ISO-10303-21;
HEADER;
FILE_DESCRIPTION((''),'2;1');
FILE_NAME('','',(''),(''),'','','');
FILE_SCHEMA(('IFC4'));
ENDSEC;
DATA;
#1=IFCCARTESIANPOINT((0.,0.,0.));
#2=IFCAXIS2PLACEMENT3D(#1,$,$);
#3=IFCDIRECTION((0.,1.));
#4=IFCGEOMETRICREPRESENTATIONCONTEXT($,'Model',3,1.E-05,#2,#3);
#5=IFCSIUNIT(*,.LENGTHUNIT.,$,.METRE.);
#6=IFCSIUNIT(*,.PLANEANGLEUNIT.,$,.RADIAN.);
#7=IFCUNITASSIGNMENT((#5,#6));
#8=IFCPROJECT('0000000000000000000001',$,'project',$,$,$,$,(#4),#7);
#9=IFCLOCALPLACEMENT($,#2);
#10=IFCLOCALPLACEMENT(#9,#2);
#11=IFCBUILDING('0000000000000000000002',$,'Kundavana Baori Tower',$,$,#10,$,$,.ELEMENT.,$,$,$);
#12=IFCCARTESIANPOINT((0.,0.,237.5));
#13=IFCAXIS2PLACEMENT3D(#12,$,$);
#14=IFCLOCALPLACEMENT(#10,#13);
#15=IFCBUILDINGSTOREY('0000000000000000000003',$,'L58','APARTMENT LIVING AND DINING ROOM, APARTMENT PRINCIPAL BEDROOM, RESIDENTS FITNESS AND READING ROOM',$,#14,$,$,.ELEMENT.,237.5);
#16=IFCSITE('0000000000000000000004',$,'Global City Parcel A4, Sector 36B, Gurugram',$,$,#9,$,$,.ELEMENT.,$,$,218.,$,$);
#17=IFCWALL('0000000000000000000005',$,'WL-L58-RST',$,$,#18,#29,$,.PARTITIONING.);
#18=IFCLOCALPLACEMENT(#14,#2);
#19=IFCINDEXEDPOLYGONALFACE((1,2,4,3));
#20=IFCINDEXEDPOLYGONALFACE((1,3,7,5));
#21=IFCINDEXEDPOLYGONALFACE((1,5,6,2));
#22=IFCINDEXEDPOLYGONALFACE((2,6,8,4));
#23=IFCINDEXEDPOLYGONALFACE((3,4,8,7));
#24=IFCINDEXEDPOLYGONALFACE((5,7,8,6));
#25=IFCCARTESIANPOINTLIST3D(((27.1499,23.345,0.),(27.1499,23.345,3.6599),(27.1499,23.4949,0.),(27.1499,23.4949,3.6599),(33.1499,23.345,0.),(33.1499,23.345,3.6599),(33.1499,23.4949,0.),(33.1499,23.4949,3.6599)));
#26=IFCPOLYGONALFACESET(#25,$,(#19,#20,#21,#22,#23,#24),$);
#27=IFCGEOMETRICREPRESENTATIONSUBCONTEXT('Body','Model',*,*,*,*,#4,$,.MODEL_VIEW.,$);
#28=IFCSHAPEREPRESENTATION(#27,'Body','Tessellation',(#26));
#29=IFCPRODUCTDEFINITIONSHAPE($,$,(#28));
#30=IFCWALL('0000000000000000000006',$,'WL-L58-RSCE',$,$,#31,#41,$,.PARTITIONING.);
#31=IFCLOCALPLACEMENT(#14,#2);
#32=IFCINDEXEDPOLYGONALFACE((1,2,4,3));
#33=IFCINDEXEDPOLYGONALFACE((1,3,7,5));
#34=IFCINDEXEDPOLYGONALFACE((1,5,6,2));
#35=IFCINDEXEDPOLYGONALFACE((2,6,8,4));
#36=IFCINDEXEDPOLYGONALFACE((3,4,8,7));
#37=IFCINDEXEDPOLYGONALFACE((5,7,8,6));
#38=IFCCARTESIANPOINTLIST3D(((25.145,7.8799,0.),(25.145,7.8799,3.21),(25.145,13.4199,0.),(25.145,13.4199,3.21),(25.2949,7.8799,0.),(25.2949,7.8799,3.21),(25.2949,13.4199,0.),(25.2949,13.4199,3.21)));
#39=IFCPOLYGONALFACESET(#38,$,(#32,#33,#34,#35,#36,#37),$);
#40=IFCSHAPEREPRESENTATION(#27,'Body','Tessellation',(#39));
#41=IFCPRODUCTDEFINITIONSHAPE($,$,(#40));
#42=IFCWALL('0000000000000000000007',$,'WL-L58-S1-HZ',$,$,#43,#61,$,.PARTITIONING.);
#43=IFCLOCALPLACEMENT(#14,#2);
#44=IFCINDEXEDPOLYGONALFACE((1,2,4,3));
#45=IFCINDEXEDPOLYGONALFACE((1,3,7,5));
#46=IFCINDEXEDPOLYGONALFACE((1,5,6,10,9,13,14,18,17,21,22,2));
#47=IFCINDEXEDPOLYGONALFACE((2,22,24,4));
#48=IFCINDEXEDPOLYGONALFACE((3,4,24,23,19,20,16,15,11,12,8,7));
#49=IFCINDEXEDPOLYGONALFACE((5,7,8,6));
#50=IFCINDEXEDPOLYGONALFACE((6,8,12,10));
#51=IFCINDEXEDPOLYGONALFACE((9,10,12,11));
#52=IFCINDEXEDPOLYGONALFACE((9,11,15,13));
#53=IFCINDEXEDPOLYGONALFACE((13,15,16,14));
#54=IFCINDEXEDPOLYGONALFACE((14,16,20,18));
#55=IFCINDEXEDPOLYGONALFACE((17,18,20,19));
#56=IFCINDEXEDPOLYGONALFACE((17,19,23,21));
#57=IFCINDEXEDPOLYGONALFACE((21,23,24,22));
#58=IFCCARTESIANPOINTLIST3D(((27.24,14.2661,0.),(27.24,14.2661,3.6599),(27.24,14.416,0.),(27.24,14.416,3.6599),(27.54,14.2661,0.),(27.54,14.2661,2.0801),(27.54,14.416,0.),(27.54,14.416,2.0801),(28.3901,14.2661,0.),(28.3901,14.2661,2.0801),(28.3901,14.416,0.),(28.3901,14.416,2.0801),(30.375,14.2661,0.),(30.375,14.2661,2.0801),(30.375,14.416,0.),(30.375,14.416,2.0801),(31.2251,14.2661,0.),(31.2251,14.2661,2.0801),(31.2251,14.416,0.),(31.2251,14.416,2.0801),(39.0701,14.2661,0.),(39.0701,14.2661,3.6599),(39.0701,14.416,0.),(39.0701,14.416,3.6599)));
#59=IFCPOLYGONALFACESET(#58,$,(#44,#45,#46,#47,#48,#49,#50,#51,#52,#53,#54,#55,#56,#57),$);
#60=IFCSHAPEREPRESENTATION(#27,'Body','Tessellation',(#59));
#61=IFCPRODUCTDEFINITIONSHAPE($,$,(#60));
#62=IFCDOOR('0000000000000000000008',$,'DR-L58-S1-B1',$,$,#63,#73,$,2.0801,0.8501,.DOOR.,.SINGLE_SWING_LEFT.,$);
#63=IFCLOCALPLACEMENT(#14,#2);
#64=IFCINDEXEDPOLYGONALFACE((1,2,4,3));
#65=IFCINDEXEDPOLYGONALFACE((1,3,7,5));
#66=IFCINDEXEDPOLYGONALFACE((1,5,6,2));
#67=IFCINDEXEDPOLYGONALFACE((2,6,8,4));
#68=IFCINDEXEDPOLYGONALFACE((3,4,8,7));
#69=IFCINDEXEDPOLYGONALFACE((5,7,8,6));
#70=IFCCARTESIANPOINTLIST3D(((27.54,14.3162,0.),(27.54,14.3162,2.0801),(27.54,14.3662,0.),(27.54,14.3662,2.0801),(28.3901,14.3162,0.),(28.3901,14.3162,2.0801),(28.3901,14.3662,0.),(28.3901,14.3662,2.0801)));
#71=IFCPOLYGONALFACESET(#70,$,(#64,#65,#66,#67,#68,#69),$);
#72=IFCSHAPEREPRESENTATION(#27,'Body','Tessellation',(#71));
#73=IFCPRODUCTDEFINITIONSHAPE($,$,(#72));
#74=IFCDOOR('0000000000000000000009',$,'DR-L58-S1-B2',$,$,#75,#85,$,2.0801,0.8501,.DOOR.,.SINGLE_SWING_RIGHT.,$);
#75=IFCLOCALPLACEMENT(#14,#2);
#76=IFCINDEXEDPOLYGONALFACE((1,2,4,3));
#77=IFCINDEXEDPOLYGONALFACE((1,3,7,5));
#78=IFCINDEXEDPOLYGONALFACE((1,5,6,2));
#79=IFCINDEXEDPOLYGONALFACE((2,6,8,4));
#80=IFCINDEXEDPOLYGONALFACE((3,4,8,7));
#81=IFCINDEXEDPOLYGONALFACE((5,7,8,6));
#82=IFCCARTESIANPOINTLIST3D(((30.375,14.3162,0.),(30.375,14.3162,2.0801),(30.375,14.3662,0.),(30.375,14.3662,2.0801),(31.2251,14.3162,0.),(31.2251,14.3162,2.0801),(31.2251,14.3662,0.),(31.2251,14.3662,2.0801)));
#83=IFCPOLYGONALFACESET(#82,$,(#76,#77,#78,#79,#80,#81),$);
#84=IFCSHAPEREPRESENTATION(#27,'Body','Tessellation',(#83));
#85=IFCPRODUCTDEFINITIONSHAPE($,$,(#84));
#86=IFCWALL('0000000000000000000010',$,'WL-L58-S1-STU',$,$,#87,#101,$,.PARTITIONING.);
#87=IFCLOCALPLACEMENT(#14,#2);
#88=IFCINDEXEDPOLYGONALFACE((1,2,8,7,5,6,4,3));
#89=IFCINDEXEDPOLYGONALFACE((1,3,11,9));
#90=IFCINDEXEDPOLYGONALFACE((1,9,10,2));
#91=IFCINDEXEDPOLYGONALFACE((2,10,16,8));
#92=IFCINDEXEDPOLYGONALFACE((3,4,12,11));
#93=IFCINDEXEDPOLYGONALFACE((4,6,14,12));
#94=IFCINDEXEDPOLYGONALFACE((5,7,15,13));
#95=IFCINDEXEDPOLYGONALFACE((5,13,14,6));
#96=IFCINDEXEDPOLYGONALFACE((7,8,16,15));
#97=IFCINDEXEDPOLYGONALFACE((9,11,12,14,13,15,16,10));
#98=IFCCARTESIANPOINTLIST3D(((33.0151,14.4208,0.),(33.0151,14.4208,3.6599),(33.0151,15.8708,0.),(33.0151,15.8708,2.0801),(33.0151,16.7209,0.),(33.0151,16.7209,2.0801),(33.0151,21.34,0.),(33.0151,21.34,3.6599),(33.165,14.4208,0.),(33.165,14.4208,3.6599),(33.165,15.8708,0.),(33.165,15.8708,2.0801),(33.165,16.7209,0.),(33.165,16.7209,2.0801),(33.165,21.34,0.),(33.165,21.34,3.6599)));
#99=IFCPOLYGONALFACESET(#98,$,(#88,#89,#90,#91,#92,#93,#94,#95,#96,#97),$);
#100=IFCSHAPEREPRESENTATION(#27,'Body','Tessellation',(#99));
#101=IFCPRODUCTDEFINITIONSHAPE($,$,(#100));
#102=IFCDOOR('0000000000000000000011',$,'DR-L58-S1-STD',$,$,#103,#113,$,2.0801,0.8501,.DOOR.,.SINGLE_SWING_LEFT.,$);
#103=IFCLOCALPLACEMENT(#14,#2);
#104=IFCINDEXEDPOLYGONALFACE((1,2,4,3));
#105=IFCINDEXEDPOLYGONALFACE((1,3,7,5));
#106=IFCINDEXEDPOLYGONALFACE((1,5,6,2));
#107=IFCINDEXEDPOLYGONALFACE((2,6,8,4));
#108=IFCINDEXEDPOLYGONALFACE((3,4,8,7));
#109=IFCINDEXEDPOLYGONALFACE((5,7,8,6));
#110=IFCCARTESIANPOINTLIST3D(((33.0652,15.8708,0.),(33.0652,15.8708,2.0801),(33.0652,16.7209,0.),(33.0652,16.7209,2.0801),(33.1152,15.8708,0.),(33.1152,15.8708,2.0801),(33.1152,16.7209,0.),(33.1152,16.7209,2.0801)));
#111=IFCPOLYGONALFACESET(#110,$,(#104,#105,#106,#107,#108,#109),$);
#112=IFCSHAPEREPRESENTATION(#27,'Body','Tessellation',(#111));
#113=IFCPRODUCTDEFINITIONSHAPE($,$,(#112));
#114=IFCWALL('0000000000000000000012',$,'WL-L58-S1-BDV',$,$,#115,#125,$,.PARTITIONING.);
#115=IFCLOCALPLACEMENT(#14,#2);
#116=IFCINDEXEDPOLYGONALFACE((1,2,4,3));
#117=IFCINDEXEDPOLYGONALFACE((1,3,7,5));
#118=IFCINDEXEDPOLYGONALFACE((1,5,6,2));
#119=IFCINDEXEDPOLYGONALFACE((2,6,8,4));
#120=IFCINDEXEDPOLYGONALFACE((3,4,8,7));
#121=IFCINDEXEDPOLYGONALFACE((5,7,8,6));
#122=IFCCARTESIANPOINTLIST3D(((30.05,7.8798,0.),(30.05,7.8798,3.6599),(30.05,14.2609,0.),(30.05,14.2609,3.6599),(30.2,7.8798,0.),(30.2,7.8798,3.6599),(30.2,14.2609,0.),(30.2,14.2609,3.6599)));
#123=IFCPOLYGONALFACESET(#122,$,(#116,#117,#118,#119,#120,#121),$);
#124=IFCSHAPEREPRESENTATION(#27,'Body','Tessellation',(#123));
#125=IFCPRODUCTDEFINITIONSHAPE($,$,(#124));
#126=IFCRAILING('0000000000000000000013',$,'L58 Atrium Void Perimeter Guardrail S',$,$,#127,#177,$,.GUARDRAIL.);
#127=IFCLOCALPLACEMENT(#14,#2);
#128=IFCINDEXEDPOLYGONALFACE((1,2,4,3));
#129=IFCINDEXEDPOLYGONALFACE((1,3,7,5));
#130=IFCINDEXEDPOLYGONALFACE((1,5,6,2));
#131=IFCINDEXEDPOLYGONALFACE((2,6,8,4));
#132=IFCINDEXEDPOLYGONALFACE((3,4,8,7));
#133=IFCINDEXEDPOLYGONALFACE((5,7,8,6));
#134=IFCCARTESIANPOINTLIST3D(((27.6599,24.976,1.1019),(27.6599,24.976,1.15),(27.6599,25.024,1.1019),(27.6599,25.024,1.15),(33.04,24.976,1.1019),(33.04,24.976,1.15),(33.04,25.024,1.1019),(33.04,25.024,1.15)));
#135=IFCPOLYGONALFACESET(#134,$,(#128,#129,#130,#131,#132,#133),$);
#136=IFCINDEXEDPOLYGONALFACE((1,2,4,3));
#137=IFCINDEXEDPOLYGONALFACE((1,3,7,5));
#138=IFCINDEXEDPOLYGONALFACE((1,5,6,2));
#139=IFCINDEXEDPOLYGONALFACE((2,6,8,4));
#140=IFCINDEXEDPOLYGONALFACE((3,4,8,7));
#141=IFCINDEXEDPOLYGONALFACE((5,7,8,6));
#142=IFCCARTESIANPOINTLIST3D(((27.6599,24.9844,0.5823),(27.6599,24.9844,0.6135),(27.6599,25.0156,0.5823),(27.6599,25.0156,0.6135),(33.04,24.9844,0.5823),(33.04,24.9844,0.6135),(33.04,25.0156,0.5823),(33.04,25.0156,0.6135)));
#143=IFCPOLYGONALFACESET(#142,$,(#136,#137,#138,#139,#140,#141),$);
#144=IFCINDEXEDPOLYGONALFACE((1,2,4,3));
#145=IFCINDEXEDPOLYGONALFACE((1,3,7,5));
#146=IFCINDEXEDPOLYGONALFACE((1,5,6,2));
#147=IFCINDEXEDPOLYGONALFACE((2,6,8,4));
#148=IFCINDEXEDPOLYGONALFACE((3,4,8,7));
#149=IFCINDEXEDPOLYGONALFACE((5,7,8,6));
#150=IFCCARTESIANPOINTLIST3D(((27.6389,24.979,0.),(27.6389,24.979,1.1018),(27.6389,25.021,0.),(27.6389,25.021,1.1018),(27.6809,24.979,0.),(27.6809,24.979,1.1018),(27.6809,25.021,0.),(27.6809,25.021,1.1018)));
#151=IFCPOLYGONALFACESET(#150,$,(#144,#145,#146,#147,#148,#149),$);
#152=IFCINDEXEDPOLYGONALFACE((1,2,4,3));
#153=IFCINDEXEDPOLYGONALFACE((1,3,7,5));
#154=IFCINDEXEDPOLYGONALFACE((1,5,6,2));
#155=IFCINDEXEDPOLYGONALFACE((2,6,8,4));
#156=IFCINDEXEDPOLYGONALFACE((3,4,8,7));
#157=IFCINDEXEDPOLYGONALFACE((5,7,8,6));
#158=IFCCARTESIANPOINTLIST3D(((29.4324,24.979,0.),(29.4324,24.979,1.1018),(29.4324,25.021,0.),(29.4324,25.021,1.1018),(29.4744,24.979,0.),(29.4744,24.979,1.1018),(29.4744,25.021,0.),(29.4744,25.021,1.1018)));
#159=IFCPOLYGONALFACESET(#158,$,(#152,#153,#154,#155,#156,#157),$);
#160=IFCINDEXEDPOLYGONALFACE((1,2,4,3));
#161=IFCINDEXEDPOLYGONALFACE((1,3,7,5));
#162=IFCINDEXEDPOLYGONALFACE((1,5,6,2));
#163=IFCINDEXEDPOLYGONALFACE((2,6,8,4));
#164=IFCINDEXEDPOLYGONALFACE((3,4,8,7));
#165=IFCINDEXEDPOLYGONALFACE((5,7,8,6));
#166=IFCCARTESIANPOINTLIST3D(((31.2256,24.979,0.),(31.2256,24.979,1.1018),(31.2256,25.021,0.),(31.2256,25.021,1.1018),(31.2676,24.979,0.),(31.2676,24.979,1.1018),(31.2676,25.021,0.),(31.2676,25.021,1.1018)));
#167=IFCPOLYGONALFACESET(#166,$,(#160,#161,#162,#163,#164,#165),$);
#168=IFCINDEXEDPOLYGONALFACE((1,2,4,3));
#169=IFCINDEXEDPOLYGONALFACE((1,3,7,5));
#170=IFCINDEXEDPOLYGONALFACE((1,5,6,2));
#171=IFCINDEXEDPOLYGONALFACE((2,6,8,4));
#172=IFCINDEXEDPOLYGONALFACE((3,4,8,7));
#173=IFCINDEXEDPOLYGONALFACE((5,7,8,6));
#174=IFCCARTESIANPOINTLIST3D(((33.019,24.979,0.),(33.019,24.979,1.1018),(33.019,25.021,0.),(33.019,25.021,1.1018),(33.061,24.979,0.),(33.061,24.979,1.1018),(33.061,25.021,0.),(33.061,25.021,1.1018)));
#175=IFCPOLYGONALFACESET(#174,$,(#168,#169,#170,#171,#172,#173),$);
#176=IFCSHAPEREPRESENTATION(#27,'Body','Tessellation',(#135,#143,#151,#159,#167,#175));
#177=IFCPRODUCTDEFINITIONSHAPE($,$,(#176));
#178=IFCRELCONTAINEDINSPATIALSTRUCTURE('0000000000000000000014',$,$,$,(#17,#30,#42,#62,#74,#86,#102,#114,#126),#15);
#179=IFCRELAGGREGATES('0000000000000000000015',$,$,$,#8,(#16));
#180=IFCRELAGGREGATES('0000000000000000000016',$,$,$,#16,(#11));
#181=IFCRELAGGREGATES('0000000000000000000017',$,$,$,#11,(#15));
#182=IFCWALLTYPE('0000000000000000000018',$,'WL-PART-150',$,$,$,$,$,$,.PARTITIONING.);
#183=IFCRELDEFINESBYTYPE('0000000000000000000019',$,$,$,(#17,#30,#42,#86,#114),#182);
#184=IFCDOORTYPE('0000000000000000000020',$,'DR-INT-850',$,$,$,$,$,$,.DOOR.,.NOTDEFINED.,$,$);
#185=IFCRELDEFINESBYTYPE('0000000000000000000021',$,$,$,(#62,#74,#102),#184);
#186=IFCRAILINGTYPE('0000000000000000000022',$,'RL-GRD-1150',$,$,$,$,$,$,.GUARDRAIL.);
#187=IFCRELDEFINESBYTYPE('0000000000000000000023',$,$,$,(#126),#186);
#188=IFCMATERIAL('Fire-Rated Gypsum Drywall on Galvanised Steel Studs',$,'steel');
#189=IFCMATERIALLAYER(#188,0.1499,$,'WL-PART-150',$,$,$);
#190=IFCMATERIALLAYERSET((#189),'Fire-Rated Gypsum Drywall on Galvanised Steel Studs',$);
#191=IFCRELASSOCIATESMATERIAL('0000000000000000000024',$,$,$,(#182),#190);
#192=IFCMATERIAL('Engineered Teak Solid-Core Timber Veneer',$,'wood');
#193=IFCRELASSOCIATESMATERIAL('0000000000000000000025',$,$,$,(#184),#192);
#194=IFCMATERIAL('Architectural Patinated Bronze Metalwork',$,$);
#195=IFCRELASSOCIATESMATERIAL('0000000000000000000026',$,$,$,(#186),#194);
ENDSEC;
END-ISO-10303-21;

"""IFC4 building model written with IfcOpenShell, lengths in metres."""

from ifc_helpers import new_model, si_unit, direction, frame, frame_2d, origin, origin_2d, place, context, subcontext, project, spatial, rectangle, extrude, material, layer, layer_set, type_object, element, fill, save


model = new_model("IFC4")

# Units and contexts
model_context = context("Model", 3, precision=1e-05, world=origin(), true_north=direction((0.0, 1.0)))
body_context = subcontext(model_context, "Body", "Model", "MODEL_VIEW")
ifc_project = project(units=[si_unit("LENGTHUNIT", "METRE"), si_unit("PLANEANGLEUNIT", "RADIAN")], contexts=[model_context])

# Site, building, storey
site_placement = place(None, origin())
site = spatial("IfcSite", under=ifc_project, at=site_placement, Name="Global City Parcel A4, Sector 36B, Gurugram", CompositionType="ELEMENT", RefElevation=218.0)
building_placement = place(site_placement, origin())
building = spatial("IfcBuilding", under=site, at=building_placement, Name="Kundavana Baori Tower", CompositionType="ELEMENT")
storey_placement = place(building_placement, frame((0.0, 0.0, 237.5)))
storey = spatial("IfcBuildingStorey", under=building, at=storey_placement, Name="L58", Description="APARTMENT LIVING AND DINING ROOM, APARTMENT PRINCIPAL BEDROOM, RESIDENTS FITNESS AND READING ROOM", CompositionType="ELEMENT", Elevation=237.5)

# Shared definitions
ifc_material_1 = material(Name="Fire-Rated Gypsum Drywall on Galvanised Steel Studs", Category="steel")
ifc_layer = layer(ifc_material_1, 0.1499, Name="WL-PART-150")
ifc_layer_set = layer_set([ifc_layer], Name="Fire-Rated Gypsum Drywall on Galvanised Steel Studs")
wall_type = type_object("IfcWallType", Name="WL-PART-150", PredefinedType="PARTITIONING", material=ifc_layer_set)

# Walls
wall_1_placement = place(storey_placement, frame((27.1499, 23.4199, 0.0), z_axis=(0.0, 0.0, 1.0), x_axis=(1.0, 0.0, 0.0)))
element("IfcWall", 1, at=wall_1_placement, inside=storey, type_object=wall_type, Name="WL-L58-RST", PredefinedType="PARTITIONING", context=body_context, shape_type="SweptSolid", body=[
    extrude(rectangle(XDim=6.0, YDim=0.1499, at=frame_2d((3.0, 0.0))), origin(), (0.0, 0.0, 1.0), 3.6599),
])
wall_2_placement = place(storey_placement, frame((25.22, 7.8799, 0.0), z_axis=(0.0, 0.0, 1.0), x_axis=(0.0, 1.0, 0.0)))
element("IfcWall", 2, at=wall_2_placement, inside=storey, type_object=wall_type, Name="WL-L58-RSCE", PredefinedType="PARTITIONING", context=body_context, shape_type="SweptSolid", body=[
    extrude(rectangle(XDim=5.54, YDim=0.1499, at=frame_2d((2.77, 0.0))), origin(), (0.0, 0.0, 1.0), 3.21),
])

# Wall, openings, doors
wall_3_placement = place(storey_placement, frame((27.24, 14.3411, 0.0), z_axis=(0.0, 0.0, 1.0), x_axis=(1.0, 0.0, 0.0)))
wall_3 = element("IfcWall", 3, at=wall_3_placement, inside=storey, type_object=wall_type, Name="WL-L58-S1-HZ", PredefinedType="PARTITIONING", context=body_context, shape_type="SweptSolid", body=[
    extrude(rectangle(XDim=11.8301, YDim=0.1499, at=frame_2d((5.915, 0.0))), origin(), (0.0, 0.0, 1.0), 3.6599),
])
opening_1_placement = place(wall_3_placement, frame((0.3, 0.0, 0.0)))
opening_1 = element("IfcOpeningElement", 4, at=opening_1_placement, cuts=wall_3, PredefinedType="OPENING", context=body_context, shape_type="SweptSolid", body=[
    extrude(rectangle(XDim=0.8501, YDim=2.0801, at=frame_2d((0.425, 1.04))), frame((0.0, 0.085, 0.0), z_axis=(0.0, -1.0, 0.0), x_axis=(1.0, 0.0, 0.0)), (0.0, 0.0, 1.0), 0.1699),
])
opening_2_placement = place(wall_3_placement, frame((3.135, 0.0, 0.0)))
opening_2 = element("IfcOpeningElement", 5, at=opening_2_placement, cuts=wall_3, PredefinedType="OPENING", context=body_context, shape_type="SweptSolid", body=[
    extrude(rectangle(XDim=0.8501, YDim=2.0801, at=frame_2d((0.425, 1.04))), frame((0.0, 0.085, 0.0), z_axis=(0.0, -1.0, 0.0), x_axis=(1.0, 0.0, 0.0)), (0.0, 0.0, 1.0), 0.1699),
])
ifc_material_2 = material(Name="Engineered Teak Solid-Core Timber Veneer", Category="wood")
door_type_1 = type_object("IfcDoorType", Name="DR-INT-850", OperationType="NOTDEFINED", PredefinedType="DOOR", material=ifc_material_2)
door_1_placement = place(opening_1_placement, frame((0.8501, 0.0, 0.0), z_axis=(0.0, 0.0, 1.0), x_axis=(-1.0, 0.0, 0.0)))
door_1 = element("IfcDoor", 6, at=door_1_placement, inside=storey, type_object=door_type_1, Name="DR-L58-S1-B1", OperationType="SINGLE_SWING_LEFT", OverallHeight=2.0801, OverallWidth=0.8501, PredefinedType="DOOR", context=body_context, shape_type="SweptSolid", body=[
    extrude(rectangle(XDim=0.8501, YDim=2.0801, at=frame_2d((0.425, 1.04))), frame((0.0, 0.0249, 0.0), z_axis=(0.0, -1.0, 0.0), x_axis=(1.0, 0.0, 0.0)), (0.0, 0.0, 1.0), 0.05),
])
fill(opening_1, door_1)
door_2_placement = place(opening_2_placement, frame((0.8501, 0.0, 0.0), z_axis=(0.0, 0.0, 1.0), x_axis=(-1.0, 0.0, 0.0)))
door_2 = element("IfcDoor", 7, at=door_2_placement, inside=storey, type_object=door_type_1, Name="DR-L58-S1-B2", OperationType="SINGLE_SWING_RIGHT", OverallHeight=2.0801, OverallWidth=0.8501, PredefinedType="DOOR", context=body_context, shape_type="SweptSolid", body=[
    extrude(rectangle(XDim=0.8501, YDim=2.0801, at=frame_2d((0.425, 1.04))), frame((0.0, 0.0249, 0.0), z_axis=(0.0, -1.0, 0.0), x_axis=(1.0, 0.0, 0.0)), (0.0, 0.0, 1.0), 0.05),
])
fill(opening_2, door_2)

# Wall, opening, door
wall_4_placement = place(storey_placement, frame((33.0901, 14.4209, 0.0), z_axis=(0.0, 0.0, 1.0), x_axis=(0.0, 1.0, 0.0)))
wall_4 = element("IfcWall", 8, at=wall_4_placement, inside=storey, type_object=wall_type, Name="WL-L58-S1-STU", PredefinedType="PARTITIONING", context=body_context, shape_type="SweptSolid", body=[
    extrude(rectangle(XDim=6.9192, YDim=0.1499, at=frame_2d((3.4595, 0.0))), origin(), (0.0, 0.0, 1.0), 3.6599),
])
opening_3_placement = place(wall_4_placement, frame((1.45, 0.0, 0.0)))
opening_3 = element("IfcOpeningElement", 9, at=opening_3_placement, cuts=wall_4, PredefinedType="OPENING", context=body_context, shape_type="SweptSolid", body=[
    extrude(rectangle(XDim=0.8501, YDim=2.0801, at=frame_2d((0.425, 1.04))), frame((0.0, 0.085, 0.0), z_axis=(0.0, -1.0, 0.0), x_axis=(1.0, 0.0, 0.0)), (0.0, 0.0, 1.0), 0.1699),
])
door_3_placement = place(opening_3_placement, origin())
door_3 = element("IfcDoor", 10, at=door_3_placement, inside=storey, type_object=door_type_1, Name="DR-L58-S1-STD", OperationType="SINGLE_SWING_LEFT", OverallHeight=2.0801, OverallWidth=0.8501, PredefinedType="DOOR", context=body_context, shape_type="SweptSolid", body=[
    extrude(rectangle(XDim=0.8501, YDim=2.0801, at=frame_2d((0.425, 1.04))), frame((0.0, 0.0249, 0.0), z_axis=(0.0, -1.0, 0.0), x_axis=(1.0, 0.0, 0.0)), (0.0, 0.0, 1.0), 0.05),
])
fill(opening_3, door_3)

# Wall
wall_5_placement = place(storey_placement, frame((30.125, 7.8799, 0.0), z_axis=(0.0, 0.0, 1.0), x_axis=(0.0, 1.0, 0.0)))
element("IfcWall", 11, at=wall_5_placement, inside=storey, type_object=wall_type, Name="WL-L58-S1-BDV", PredefinedType="PARTITIONING", context=body_context, shape_type="SweptSolid", body=[
    extrude(rectangle(XDim=6.3811, YDim=0.1499, at=frame_2d((3.1904, 0.0))), origin(), (0.0, 0.0, 1.0), 3.6599),
])

# Railing
ifc_material_3 = material(Name="Architectural Patinated Bronze Metalwork")
railing_type = type_object("IfcRailingType", Name="RL-GRD-1150", PredefinedType="GUARDRAIL", material=ifc_material_3)
railing_1_placement = place(storey_placement, frame((27.6599, 25.0, 0.0)))
element("IfcRailing", 12, at=railing_1_placement, inside=storey, type_object=railing_type, Name="L58 Atrium Void Perimeter Guardrail S", PredefinedType="GUARDRAIL", context=body_context, shape_type="SweptSolid", body=[
    extrude(rectangle(XDim=0.0481, YDim=0.0481, at=origin_2d()), frame((0.0, 0.0, 1.126), z_axis=(1.0, 0.0, 0.0), x_axis=(0.0, 1.0, 0.0)), (0.0, 0.0, 1.0), 5.3801),
    extrude(rectangle(XDim=0.0312, YDim=0.0312, at=origin_2d()), frame((0.0, 0.0, 0.5979), z_axis=(1.0, 0.0, 0.0), x_axis=(0.0, 1.0, 0.0)), (0.0, 0.0, 1.0), 5.3801),
    extrude(rectangle(XDim=0.042, YDim=0.042, at=origin_2d()), origin(), (0.0, 0.0, 1.0), 1.1018),
    extrude(rectangle(XDim=0.042, YDim=0.042, at=origin_2d()), frame((1.7935, 0.0, 0.0)), (0.0, 0.0, 1.0), 1.1018),
    extrude(rectangle(XDim=0.042, YDim=0.042, at=origin_2d()), frame((3.5867, 0.0, 0.0)), (0.0, 0.0, 1.0), 1.1018),
    extrude(rectangle(XDim=0.042, YDim=0.042, at=origin_2d()), frame((5.3801, 0.0, 0.0)), (0.0, 0.0, 1.0), 1.1018),
])

save(model, "model.ifc")
